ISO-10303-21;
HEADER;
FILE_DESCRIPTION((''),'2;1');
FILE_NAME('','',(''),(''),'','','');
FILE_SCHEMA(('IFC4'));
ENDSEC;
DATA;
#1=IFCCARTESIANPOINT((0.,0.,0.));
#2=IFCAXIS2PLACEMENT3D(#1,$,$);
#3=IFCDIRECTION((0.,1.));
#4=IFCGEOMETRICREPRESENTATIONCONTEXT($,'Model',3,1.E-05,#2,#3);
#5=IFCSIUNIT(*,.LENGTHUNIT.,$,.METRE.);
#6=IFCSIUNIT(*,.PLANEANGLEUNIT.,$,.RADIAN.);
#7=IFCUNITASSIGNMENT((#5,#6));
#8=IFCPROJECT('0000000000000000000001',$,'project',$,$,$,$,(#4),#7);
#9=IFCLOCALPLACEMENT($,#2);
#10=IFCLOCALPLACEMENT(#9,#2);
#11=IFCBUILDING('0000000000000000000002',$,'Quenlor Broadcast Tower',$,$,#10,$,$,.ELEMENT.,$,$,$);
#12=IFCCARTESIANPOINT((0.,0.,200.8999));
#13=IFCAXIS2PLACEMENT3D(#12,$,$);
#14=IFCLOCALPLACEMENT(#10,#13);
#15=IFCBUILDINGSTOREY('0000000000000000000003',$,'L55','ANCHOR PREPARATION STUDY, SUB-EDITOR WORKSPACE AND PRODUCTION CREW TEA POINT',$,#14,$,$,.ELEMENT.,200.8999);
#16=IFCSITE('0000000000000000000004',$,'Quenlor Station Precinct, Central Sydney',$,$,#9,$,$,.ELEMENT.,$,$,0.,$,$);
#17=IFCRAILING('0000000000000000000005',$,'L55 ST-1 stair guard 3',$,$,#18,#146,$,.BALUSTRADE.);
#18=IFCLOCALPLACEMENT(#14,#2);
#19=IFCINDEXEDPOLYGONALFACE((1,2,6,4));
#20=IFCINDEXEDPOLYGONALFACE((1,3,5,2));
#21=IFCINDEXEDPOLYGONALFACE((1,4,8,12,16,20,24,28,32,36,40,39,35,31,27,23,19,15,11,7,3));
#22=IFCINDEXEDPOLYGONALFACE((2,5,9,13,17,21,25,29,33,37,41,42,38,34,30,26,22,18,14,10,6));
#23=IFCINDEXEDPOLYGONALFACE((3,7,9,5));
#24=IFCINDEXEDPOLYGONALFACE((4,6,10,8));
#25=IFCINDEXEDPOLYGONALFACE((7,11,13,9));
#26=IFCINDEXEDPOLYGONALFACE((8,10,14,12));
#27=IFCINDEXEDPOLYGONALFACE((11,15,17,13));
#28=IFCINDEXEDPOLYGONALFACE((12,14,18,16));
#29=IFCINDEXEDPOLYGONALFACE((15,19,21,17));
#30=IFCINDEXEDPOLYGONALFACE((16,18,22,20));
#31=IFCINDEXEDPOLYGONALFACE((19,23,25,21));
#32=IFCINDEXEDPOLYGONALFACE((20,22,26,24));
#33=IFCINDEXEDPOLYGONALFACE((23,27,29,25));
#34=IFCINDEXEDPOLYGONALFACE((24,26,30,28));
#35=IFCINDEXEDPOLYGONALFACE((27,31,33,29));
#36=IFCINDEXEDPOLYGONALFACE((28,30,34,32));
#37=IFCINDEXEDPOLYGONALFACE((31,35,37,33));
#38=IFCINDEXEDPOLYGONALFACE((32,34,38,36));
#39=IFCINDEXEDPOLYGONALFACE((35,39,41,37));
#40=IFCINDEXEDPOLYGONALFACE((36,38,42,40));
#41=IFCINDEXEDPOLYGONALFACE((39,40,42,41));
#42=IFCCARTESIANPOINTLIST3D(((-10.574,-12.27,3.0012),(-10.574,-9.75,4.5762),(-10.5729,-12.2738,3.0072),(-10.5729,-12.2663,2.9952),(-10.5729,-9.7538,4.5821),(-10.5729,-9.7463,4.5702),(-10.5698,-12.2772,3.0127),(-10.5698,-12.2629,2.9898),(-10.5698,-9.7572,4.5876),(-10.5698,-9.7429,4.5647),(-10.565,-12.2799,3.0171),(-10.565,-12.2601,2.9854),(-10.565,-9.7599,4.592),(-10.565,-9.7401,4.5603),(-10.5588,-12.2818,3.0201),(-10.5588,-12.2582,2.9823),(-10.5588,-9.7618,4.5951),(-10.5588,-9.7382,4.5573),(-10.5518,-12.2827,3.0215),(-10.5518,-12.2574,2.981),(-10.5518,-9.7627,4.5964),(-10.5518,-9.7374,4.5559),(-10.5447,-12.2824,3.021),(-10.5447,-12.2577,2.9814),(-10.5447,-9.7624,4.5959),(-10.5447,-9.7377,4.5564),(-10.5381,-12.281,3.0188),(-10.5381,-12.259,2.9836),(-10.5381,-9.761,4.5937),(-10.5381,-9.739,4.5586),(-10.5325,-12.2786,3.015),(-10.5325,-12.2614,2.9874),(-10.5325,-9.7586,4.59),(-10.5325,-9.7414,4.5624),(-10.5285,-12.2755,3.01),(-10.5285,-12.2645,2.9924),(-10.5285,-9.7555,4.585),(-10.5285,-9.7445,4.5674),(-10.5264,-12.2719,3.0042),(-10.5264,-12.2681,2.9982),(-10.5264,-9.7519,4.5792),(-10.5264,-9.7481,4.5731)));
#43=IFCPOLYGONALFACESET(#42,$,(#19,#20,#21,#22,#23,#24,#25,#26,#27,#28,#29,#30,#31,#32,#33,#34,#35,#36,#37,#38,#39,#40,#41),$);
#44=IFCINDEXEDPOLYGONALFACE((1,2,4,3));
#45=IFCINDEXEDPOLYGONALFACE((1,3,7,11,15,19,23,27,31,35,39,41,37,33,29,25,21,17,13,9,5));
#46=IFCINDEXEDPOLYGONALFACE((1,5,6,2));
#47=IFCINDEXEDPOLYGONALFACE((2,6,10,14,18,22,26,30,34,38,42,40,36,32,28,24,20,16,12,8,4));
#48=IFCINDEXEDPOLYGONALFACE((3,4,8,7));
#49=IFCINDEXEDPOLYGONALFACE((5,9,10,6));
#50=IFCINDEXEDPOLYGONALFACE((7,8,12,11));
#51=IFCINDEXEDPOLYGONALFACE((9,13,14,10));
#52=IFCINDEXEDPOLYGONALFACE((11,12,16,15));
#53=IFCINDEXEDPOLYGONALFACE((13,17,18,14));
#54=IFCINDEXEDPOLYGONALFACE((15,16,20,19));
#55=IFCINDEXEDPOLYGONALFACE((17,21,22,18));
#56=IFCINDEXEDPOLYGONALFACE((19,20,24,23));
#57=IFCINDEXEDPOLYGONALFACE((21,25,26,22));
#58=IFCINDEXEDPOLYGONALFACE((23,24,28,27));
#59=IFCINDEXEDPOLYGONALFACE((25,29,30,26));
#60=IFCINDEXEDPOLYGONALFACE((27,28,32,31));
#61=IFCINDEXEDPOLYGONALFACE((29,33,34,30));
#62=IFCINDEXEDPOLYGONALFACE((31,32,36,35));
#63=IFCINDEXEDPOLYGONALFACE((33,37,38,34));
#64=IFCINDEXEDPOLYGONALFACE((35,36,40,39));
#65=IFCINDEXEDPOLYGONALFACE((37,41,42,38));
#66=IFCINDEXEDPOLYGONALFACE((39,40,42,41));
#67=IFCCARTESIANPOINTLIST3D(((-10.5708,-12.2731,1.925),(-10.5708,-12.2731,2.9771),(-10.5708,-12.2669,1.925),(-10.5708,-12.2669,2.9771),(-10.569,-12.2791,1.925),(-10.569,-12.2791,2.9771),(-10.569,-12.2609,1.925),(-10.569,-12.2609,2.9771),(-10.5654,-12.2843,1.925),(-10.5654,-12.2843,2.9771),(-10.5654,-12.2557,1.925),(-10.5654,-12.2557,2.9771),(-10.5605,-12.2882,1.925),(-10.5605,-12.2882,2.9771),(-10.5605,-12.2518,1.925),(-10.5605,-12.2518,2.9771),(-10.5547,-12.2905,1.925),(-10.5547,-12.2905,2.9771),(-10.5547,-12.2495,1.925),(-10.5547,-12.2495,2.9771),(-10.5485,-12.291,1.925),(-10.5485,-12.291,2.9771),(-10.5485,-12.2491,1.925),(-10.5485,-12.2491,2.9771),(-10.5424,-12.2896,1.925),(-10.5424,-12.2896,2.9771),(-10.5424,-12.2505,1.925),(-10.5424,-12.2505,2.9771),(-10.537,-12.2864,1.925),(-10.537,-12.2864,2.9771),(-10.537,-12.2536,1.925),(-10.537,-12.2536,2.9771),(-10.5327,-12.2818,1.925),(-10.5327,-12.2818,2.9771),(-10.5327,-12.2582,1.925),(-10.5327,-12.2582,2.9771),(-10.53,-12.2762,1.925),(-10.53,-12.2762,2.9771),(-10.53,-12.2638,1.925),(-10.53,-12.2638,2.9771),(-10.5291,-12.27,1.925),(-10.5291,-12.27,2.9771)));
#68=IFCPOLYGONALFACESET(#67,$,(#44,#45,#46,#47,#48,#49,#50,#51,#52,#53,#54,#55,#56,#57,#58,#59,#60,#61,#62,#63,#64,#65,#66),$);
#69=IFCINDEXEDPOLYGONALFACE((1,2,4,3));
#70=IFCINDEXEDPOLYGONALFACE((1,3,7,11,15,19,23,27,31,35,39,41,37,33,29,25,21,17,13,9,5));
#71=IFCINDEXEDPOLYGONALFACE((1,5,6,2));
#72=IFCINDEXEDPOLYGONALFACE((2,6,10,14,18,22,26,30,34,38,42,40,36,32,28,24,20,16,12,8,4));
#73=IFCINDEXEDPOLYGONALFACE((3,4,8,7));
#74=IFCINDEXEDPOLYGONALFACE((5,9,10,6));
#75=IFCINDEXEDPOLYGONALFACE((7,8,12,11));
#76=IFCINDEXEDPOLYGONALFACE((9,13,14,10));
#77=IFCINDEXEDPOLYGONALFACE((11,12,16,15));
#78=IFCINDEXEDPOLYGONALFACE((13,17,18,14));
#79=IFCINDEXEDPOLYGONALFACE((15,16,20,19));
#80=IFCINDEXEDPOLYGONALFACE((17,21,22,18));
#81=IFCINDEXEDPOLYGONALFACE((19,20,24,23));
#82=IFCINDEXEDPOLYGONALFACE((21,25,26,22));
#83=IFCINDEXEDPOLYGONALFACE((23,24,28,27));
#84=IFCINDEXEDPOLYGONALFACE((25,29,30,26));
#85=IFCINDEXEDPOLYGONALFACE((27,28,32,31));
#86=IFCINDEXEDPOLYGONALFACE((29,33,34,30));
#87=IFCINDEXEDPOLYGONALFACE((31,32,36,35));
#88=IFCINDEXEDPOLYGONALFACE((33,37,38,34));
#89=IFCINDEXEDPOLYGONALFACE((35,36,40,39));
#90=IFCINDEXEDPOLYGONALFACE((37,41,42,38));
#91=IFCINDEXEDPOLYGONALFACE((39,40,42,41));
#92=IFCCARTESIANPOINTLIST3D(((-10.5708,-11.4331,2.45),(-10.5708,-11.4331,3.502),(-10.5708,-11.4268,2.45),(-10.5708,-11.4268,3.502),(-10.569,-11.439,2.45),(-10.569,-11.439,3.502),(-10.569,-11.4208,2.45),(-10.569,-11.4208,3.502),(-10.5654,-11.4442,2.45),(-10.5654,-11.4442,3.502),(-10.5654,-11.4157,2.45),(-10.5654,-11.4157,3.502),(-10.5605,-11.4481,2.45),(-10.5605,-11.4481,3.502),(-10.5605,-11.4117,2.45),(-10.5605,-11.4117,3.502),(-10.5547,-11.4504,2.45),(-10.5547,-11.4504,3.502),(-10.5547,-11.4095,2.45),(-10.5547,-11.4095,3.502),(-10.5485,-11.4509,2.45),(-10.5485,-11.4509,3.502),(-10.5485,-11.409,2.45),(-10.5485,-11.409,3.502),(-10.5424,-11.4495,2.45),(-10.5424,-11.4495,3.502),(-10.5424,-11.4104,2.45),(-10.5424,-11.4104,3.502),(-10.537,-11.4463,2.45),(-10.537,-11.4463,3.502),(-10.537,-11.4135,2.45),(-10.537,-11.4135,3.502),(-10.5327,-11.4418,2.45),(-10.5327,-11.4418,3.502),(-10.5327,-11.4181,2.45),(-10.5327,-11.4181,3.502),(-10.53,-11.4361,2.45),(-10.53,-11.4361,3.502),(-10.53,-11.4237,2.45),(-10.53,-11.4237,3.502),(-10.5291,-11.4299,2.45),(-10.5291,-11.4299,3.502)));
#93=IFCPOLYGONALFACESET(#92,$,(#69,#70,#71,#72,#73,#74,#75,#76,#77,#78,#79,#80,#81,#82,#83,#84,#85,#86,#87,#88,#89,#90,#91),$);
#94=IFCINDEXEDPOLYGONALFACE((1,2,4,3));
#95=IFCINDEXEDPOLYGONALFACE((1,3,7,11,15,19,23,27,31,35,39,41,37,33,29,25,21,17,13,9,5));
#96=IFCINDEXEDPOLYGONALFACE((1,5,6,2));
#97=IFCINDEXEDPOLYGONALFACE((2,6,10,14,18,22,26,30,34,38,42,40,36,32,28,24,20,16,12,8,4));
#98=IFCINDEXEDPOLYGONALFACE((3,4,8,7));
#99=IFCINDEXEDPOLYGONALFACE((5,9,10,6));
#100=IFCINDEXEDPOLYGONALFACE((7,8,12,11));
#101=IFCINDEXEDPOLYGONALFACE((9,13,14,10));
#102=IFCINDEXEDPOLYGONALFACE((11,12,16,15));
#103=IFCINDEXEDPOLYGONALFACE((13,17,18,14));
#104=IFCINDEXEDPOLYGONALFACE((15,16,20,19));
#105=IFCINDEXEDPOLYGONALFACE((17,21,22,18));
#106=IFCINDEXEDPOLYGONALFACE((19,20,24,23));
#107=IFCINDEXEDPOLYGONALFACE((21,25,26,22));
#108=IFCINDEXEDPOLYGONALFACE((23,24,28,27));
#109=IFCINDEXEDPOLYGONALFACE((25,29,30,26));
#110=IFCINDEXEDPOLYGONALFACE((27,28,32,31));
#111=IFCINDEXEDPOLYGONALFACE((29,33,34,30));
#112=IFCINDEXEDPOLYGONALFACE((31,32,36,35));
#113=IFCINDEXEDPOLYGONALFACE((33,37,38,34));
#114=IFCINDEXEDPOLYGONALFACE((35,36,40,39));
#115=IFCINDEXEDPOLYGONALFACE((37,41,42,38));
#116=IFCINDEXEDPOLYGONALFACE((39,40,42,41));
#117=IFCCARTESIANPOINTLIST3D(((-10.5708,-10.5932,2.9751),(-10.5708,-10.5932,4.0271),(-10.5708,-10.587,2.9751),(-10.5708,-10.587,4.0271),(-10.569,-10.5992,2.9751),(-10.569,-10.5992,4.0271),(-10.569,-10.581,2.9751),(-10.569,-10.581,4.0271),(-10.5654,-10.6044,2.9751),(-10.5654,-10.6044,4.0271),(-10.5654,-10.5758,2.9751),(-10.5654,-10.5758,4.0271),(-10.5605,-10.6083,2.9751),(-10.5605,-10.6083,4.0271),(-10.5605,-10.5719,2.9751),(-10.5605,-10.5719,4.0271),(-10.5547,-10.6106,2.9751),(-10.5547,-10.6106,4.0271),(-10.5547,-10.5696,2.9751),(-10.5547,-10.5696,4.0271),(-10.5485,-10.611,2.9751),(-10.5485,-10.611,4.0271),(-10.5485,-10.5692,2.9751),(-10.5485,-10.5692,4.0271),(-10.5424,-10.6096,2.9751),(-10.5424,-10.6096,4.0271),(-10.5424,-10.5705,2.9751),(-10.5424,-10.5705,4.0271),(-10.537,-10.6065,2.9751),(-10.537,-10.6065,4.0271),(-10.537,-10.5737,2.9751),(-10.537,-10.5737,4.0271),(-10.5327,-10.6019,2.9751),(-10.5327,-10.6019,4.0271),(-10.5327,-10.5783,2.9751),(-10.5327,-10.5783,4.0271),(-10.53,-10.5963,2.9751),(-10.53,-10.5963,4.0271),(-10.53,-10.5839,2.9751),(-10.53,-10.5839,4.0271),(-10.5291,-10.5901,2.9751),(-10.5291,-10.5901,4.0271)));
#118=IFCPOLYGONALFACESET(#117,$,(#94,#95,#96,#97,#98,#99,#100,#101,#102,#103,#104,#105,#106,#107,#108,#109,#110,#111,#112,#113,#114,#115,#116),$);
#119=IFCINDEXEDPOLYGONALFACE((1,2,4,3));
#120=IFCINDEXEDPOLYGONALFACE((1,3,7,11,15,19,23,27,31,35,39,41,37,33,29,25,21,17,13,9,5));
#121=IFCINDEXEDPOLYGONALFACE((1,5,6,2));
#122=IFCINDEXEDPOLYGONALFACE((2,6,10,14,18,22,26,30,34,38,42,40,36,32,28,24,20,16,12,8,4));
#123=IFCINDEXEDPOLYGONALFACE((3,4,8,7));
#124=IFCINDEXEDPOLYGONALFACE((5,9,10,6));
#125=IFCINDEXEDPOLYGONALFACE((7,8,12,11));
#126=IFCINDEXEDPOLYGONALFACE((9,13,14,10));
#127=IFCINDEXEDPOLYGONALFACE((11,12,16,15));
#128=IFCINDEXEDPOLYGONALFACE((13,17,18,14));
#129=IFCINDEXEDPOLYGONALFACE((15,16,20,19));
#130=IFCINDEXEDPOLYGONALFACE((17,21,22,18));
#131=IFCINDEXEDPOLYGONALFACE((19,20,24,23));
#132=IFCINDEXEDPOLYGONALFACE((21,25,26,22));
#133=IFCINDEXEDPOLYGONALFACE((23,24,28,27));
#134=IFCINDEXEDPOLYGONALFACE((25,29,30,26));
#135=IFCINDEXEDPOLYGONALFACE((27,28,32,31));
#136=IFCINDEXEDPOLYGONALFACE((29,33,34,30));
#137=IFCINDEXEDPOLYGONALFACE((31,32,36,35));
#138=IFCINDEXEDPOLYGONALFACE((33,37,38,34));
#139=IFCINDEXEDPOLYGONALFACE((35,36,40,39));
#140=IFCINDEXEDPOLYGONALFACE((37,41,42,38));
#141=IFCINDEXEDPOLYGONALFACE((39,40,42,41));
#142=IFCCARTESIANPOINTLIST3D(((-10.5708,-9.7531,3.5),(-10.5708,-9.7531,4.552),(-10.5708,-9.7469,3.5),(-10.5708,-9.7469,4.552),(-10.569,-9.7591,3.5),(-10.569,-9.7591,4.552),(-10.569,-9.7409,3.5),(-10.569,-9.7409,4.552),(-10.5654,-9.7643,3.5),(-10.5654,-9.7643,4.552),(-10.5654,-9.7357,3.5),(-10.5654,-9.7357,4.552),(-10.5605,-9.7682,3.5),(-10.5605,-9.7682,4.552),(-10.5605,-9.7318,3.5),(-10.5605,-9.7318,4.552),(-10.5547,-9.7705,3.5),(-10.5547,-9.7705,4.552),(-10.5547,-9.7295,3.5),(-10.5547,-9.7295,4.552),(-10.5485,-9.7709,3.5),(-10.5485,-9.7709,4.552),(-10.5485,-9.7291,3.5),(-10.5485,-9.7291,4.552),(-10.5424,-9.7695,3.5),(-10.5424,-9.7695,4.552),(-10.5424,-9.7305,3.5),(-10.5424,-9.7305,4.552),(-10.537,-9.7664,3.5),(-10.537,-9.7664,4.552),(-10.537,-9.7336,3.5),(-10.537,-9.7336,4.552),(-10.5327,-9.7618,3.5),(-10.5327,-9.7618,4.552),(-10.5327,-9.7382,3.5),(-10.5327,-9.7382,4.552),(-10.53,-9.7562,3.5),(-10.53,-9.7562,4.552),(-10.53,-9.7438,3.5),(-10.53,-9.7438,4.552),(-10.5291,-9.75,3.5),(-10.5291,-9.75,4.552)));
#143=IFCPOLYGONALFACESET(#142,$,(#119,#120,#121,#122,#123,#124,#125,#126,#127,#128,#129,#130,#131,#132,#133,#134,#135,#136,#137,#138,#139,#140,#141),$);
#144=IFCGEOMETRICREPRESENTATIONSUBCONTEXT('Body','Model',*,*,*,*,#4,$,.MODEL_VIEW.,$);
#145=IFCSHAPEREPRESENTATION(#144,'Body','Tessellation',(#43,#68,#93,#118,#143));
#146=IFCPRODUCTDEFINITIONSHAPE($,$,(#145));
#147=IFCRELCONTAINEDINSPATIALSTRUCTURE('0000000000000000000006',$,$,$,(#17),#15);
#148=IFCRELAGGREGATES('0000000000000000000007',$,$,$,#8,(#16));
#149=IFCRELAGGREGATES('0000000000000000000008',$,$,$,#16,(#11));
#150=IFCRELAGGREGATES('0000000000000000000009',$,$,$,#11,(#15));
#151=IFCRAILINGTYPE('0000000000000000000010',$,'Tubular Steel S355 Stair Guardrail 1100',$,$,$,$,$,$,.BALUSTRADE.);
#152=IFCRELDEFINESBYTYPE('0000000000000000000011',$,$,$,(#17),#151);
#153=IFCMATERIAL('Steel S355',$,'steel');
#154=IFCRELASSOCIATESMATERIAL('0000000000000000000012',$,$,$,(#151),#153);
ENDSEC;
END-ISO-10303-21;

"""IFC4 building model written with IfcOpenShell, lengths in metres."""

from ifc_helpers import new_model, si_unit, direction, frame, origin, origin_2d, place, context, subcontext, project, spatial, circle, extrude, material, type_object, element, save


model = new_model("IFC4")

# Units and contexts
model_context = context("Model", 3, precision=1e-05, world=origin(), true_north=direction((0.0, 1.0)))
body_context = subcontext(model_context, "Body", "Model", "MODEL_VIEW")
ifc_project = project(units=[si_unit("LENGTHUNIT", "METRE"), si_unit("PLANEANGLEUNIT", "RADIAN")], contexts=[model_context])

# Site, building, storey
site_placement = place(None, origin())
site = spatial("IfcSite", under=ifc_project, at=site_placement, Name="Quenlor Station Precinct, Central Sydney", CompositionType="ELEMENT", RefElevation=0.0)
building_placement = place(site_placement, origin())
building = spatial("IfcBuilding", under=site, at=building_placement, Name="Quenlor Broadcast Tower", CompositionType="ELEMENT")
storey_placement = place(building_placement, frame((0.0, 0.0, 200.8999)))
storey = spatial("IfcBuildingStorey", under=building, at=storey_placement, Name="L55", Description="ANCHOR PREPARATION STUDY, SUB-EDITOR WORKSPACE AND PRODUCTION CREW TEA POINT", CompositionType="ELEMENT", Elevation=200.8999)

# Railing
ifc_material_1 = material(Name="Steel S355", Category="steel")
railing_type_1 = type_object("IfcRailingType", Name="Tubular Steel S355 Stair Guardrail 1100", PredefinedType="BALUSTRADE", material=ifc_material_1)
railing_1_placement = place(storey_placement, frame((-10.55, -12.27, 1.925)))
element("IfcRailing", 1, at=railing_1_placement, inside=storey, type_object=railing_type_1, Name="L55 ST-1 stair guard 3", PredefinedType="BALUSTRADE", context=body_context, shape_type="SweptSolid", body=[
    extrude(circle(Radius=0.0239, at=origin_2d()), frame((0.0, 0.0, 1.0762), z_axis=(0.0, 0.848008, 0.529984), x_axis=(-1.0, 0.0, 0.0)), (0.0, 0.0, 1.0), 2.9717),
    extrude(circle(Radius=0.021, at=origin_2d()), origin(), (0.0, 0.0, 1.0), 1.052),
    extrude(circle(Radius=0.021, at=origin_2d()), frame((0.0, 0.8401, 0.5249)), (0.0, 0.0, 1.0), 1.052),
    extrude(circle(Radius=0.021, at=origin_2d()), frame((0.0, 1.6799, 1.05)), (0.0, 0.0, 1.0), 1.052),
    extrude(circle(Radius=0.021, at=origin_2d()), frame((0.0, 2.52, 1.575)), (0.0, 0.0, 1.0), 1.052),
])

save(model, "model.ifc")
